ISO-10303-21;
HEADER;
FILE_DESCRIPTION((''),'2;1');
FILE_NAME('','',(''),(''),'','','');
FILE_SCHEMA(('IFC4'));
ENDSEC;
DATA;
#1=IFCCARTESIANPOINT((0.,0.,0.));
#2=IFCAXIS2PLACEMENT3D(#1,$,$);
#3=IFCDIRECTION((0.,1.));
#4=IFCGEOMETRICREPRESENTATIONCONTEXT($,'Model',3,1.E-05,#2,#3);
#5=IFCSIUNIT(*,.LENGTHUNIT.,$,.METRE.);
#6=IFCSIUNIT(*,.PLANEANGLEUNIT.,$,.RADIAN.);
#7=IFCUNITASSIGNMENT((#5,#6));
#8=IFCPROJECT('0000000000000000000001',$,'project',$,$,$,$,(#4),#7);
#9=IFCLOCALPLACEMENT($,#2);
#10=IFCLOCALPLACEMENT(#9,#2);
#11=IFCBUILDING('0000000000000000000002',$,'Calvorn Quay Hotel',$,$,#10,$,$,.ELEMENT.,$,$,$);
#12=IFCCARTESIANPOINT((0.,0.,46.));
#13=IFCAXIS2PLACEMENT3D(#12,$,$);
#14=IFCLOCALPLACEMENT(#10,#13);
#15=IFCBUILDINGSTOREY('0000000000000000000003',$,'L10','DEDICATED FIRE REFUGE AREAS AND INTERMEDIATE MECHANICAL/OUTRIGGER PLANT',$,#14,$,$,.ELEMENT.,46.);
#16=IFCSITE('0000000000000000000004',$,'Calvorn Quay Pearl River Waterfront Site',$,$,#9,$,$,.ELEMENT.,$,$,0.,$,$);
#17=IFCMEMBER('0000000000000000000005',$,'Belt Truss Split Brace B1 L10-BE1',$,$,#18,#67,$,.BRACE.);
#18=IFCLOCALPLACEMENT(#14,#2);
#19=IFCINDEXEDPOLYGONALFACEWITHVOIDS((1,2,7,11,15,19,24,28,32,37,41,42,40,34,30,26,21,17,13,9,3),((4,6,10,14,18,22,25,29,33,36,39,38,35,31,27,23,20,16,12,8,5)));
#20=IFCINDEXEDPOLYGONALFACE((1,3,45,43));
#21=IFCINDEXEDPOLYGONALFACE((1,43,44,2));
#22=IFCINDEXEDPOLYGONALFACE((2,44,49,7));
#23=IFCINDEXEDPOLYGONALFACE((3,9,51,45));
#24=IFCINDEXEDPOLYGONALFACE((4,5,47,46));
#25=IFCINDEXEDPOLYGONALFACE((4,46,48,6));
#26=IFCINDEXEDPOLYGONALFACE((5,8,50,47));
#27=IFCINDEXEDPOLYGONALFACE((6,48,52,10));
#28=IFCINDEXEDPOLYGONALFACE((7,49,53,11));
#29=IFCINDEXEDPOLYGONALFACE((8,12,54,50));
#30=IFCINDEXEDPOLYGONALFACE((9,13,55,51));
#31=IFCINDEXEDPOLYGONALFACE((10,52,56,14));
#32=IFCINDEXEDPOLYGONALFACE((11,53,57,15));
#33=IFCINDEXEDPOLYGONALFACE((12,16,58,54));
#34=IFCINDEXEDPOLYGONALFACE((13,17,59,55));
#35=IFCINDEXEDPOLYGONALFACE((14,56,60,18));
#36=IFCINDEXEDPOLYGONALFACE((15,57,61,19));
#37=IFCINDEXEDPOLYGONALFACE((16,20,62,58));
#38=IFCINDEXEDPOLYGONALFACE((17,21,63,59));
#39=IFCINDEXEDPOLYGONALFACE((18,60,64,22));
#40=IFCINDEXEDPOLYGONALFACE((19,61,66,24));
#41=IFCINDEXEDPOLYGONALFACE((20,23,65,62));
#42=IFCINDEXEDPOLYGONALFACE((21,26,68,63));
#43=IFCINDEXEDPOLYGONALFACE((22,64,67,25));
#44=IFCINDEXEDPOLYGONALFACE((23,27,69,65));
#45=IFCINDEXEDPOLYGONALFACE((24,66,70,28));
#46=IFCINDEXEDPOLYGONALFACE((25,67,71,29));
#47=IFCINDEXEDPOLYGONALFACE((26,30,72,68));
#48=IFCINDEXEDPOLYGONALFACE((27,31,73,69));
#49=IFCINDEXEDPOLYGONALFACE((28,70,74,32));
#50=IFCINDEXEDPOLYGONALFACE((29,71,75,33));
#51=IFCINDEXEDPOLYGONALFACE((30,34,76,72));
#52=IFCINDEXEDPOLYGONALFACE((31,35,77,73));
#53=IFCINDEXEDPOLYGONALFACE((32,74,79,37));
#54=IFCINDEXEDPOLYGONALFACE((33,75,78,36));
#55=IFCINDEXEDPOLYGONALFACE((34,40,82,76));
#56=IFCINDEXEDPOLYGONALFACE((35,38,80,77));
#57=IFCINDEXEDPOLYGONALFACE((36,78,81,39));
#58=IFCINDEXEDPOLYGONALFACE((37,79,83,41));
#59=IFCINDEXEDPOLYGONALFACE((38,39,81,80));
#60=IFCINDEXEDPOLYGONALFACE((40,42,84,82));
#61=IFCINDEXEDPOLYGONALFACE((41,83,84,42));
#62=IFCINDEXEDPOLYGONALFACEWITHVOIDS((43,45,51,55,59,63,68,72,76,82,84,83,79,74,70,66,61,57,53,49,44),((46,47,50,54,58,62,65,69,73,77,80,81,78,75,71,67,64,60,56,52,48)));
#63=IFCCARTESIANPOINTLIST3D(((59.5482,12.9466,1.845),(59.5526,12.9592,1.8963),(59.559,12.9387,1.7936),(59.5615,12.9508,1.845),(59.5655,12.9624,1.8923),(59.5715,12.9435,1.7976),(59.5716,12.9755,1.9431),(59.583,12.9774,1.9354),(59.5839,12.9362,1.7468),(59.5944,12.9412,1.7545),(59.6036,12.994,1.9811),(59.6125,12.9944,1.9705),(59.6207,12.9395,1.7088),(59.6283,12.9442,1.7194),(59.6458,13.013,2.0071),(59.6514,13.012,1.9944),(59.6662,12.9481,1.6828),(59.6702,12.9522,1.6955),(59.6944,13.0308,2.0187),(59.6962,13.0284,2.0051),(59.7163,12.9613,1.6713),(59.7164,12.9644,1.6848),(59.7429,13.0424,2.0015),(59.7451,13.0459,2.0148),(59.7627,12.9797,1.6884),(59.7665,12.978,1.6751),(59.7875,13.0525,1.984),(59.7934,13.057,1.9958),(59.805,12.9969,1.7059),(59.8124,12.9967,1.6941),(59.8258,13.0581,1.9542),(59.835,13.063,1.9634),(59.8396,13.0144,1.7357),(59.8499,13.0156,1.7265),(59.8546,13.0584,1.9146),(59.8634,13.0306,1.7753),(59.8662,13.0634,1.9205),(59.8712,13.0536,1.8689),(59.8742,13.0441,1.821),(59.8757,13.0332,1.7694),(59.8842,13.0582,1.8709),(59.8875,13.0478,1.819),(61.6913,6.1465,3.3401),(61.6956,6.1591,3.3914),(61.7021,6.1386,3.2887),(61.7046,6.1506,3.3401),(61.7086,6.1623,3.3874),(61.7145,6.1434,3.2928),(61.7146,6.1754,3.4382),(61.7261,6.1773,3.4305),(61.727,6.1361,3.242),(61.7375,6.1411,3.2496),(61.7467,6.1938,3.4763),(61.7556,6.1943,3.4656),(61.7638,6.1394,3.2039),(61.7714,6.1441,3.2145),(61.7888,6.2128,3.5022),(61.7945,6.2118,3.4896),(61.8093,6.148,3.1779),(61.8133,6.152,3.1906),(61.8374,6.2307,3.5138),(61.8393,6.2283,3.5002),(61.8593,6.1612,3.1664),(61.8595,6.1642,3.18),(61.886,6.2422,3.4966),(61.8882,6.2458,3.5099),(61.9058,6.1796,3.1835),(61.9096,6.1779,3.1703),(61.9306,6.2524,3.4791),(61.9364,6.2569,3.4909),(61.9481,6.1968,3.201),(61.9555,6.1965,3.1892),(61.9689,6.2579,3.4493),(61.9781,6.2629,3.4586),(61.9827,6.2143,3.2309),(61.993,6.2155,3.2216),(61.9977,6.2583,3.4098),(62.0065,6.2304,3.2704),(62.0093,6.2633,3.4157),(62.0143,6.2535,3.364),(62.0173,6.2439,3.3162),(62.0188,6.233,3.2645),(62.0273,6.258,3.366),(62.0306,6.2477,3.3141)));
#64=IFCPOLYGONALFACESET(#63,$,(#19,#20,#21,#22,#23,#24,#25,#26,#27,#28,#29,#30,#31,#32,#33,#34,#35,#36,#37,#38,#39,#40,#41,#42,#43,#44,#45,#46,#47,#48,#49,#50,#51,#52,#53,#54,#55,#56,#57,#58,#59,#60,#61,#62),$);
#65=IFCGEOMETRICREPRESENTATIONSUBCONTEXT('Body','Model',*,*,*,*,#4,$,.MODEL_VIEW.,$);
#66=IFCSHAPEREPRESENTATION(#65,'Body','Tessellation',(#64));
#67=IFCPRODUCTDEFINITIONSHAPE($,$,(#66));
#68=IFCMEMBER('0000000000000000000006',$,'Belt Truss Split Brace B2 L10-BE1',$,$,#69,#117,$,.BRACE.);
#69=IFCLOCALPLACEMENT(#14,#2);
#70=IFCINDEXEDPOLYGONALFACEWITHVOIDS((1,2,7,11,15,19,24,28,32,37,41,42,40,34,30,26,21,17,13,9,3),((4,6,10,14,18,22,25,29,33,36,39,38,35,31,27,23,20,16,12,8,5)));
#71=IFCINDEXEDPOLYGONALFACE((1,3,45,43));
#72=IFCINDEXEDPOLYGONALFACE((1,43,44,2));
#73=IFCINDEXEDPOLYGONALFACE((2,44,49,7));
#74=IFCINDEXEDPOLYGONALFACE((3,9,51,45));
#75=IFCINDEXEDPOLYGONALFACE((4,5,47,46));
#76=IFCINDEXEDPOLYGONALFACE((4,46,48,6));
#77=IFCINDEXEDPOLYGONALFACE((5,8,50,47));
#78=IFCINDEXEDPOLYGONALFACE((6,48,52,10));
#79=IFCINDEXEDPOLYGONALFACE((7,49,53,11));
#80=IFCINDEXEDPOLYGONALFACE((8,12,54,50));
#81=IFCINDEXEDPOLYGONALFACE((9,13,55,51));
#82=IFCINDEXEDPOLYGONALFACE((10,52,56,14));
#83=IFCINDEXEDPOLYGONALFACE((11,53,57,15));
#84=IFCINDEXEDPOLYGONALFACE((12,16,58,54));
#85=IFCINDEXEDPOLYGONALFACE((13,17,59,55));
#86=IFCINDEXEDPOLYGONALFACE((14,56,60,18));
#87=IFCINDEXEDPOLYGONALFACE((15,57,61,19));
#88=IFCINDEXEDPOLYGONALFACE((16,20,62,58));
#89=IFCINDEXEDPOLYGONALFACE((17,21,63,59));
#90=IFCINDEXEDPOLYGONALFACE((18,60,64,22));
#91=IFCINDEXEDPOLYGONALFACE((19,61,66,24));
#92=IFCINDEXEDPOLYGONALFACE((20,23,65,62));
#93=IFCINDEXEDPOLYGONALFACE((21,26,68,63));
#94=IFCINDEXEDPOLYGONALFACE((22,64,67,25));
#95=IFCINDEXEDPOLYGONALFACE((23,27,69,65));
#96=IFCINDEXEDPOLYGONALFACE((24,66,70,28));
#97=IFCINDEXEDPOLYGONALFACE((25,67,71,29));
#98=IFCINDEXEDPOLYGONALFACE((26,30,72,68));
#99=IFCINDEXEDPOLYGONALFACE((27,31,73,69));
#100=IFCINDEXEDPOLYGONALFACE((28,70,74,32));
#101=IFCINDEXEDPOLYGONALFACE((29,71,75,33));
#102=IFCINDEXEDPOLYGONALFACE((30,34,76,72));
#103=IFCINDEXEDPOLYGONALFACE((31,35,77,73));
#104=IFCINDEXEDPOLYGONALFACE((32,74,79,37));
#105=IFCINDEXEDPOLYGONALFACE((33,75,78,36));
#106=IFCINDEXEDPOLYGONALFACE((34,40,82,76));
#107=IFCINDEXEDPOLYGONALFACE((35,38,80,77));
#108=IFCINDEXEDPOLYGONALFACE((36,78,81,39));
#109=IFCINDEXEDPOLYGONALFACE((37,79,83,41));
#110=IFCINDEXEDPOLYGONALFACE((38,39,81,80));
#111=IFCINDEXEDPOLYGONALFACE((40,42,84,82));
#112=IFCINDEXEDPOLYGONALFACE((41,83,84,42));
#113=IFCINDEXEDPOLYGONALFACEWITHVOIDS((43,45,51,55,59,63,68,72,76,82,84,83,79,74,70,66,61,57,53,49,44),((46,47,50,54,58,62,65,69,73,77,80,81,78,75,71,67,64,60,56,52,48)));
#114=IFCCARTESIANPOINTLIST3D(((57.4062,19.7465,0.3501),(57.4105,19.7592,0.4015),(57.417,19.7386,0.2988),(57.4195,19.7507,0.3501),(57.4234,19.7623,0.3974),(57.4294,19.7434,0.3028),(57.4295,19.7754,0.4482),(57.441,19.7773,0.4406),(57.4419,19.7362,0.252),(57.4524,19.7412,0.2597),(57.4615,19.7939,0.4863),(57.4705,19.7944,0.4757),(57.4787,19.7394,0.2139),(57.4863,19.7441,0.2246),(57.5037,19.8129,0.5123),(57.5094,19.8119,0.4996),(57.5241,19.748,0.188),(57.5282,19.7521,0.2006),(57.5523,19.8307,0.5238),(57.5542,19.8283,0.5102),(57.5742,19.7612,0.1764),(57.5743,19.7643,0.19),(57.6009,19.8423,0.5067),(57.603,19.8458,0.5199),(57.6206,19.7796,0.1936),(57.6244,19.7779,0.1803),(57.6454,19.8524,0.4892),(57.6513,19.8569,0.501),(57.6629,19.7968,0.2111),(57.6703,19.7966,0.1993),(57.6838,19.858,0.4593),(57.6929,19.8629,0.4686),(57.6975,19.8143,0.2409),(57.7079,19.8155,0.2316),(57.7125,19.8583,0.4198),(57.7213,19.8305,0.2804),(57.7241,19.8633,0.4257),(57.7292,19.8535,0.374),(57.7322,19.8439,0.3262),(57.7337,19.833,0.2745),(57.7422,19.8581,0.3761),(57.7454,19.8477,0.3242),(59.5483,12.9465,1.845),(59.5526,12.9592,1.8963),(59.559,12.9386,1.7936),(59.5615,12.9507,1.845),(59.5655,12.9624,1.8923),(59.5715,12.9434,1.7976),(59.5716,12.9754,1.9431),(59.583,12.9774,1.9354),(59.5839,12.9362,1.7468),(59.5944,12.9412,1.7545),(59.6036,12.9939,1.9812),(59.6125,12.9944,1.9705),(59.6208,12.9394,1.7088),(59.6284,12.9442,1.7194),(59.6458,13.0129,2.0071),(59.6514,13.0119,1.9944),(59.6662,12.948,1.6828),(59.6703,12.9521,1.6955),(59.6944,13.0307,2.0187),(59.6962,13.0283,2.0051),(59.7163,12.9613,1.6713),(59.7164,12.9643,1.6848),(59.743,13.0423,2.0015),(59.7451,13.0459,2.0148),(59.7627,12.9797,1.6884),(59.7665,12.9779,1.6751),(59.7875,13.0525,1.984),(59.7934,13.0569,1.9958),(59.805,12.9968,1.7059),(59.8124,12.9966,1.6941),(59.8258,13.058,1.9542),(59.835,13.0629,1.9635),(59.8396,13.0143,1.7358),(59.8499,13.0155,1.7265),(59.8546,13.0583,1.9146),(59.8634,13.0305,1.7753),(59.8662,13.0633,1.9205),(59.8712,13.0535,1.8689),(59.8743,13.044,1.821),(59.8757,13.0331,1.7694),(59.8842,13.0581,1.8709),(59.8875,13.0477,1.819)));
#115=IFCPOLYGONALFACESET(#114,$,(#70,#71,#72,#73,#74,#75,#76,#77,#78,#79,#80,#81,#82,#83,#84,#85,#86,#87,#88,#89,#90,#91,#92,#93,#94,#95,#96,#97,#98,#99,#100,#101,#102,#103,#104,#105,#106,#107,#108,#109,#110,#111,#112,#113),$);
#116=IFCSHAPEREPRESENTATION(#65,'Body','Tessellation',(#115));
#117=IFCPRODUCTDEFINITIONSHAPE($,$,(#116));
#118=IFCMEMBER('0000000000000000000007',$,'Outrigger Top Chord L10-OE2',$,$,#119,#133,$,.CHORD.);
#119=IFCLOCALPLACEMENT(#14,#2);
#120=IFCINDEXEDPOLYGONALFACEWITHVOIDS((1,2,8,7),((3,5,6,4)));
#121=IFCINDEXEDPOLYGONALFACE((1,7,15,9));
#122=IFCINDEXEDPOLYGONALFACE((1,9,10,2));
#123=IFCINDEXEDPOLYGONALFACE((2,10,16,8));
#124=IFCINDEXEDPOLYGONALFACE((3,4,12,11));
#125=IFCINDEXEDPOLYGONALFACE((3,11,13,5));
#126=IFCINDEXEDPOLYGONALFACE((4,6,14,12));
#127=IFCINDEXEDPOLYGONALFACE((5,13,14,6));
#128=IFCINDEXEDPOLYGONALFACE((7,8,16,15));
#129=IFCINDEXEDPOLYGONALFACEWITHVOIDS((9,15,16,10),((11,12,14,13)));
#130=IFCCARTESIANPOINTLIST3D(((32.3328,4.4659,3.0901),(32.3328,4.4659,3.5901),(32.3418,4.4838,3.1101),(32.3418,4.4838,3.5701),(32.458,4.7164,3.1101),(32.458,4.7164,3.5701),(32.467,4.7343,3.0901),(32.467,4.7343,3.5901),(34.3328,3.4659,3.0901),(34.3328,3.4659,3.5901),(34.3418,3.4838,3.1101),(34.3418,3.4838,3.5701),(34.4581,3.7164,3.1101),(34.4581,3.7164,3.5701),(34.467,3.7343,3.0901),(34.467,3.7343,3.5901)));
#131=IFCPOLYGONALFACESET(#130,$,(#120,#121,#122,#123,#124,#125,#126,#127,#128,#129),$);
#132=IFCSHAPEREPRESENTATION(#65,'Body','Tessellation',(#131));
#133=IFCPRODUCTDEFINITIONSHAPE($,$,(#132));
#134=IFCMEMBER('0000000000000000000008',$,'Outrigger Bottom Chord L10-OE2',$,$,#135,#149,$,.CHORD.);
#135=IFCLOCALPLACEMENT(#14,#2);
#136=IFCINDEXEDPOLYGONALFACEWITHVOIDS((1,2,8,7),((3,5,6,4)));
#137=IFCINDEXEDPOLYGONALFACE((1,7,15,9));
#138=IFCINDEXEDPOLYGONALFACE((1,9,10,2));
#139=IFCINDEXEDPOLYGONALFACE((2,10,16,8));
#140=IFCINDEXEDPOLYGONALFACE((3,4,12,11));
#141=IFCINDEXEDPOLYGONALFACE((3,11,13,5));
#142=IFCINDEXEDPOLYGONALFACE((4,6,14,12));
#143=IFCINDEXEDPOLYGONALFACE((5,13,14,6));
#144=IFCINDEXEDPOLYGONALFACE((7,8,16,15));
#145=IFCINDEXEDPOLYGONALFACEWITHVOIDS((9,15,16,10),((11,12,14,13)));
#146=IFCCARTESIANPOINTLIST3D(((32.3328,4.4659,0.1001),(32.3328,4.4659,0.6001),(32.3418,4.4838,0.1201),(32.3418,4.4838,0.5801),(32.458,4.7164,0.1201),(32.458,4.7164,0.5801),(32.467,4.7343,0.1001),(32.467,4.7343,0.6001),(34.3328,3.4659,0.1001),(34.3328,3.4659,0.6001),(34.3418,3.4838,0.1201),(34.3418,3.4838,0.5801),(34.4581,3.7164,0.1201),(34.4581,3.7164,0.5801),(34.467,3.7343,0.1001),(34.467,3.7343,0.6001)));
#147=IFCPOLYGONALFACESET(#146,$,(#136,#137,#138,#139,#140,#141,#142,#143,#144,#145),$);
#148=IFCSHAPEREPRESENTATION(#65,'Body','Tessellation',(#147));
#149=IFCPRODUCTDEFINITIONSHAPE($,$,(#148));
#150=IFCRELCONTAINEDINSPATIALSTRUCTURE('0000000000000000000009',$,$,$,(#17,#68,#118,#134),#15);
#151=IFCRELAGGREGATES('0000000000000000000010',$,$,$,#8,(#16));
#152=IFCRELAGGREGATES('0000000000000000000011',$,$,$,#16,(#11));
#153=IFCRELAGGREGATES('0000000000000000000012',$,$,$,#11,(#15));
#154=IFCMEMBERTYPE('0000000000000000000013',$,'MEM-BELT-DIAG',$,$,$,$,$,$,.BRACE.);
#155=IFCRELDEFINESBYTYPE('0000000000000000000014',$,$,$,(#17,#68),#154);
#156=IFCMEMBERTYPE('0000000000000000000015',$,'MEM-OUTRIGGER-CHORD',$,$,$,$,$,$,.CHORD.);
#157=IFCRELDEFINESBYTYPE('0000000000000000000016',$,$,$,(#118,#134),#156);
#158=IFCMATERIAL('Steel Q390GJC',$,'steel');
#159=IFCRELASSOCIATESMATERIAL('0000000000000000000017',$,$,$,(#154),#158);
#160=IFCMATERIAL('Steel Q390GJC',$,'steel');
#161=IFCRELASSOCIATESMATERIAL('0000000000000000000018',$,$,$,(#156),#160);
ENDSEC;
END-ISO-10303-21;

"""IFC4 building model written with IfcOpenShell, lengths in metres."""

from ifc_helpers import new_model, si_unit, direction, frame, origin, origin_2d, place, context, subcontext, project, spatial, hollow_rectangle, hollow_circle, extrude, material, material_profile, profile_set, type_object, element, save


model = new_model("IFC4")

# Units and contexts
model_context = context("Model", 3, precision=1e-05, world=origin(), true_north=direction((0.0, 1.0)))
body_context = subcontext(model_context, "Body", "Model", "MODEL_VIEW")
ifc_project = project(units=[si_unit("LENGTHUNIT", "METRE"), si_unit("PLANEANGLEUNIT", "RADIAN")], contexts=[model_context])

# Site, building, storey
site_placement = place(None, origin())
site = spatial("IfcSite", under=ifc_project, at=site_placement, Name="Calvorn Quay Pearl River Waterfront Site", CompositionType="ELEMENT", RefElevation=0.0)
building_placement = place(site_placement, origin())
building = spatial("IfcBuilding", under=site, at=building_placement, Name="Calvorn Quay Hotel", CompositionType="ELEMENT")
storey_placement = place(building_placement, frame((0.0, 0.0, 46.0)))
storey = spatial("IfcBuildingStorey", under=building, at=storey_placement, Name="L10", Description="DEDICATED FIRE REFUGE AREAS AND INTERMEDIATE MECHANICAL/OUTRIGGER PLANT", CompositionType="ELEMENT", Elevation=46.0)

# Members
ifc_material_1 = material(Name="Steel Q390GJC", Category="steel")
ifc_material_profile_1 = material_profile(ifc_material_1, hollow_circle(Radius=0.178, WallThickness=0.0139, at=origin_2d()), Name="CHS356x14")
ifc_profile_set_1 = profile_set([ifc_material_profile_1], Name="Steel Q390GJC")
member_type_1 = type_object("IfcMemberType", Name="MEM-BELT-DIAG", PredefinedType="BRACE", material=ifc_profile_set_1)
member_1_placement = place(storey_placement, frame((61.8611, 6.2, 3.3401), z_axis=(-0.294182, 0.933453, -0.205237), x_axis=(-0.953756, -0.300581, 0.0)))
element("IfcMember", 1, at=member_1_placement, inside=storey, type_object=member_type_1, Name="Belt Truss Split Brace B1 L10-BE1", PredefinedType="BRACE", context=body_context, shape_type="SweptSolid", body=[
    extrude(hollow_circle(Radius=0.178, WallThickness=0.0139, at=origin_2d()), origin(), (0.0, 0.0, 1.0), 7.2849),
])
member_2_placement = place(storey_placement, frame((59.718, 13.0, 1.845), z_axis=(-0.294062, 0.933496, -0.205213), x_axis=(-0.953796, -0.300456, 0.0)))
element("IfcMember", 2, at=member_2_placement, inside=storey, type_object=member_type_1, Name="Belt Truss Split Brace B2 L10-BE1", PredefinedType="BRACE", context=body_context, shape_type="SweptSolid", body=[
    extrude(hollow_circle(Radius=0.178, WallThickness=0.0139, at=origin_2d()), origin(), (0.0, 0.0, 1.0), 7.2844),
])
ifc_material_2 = material(Name="Steel Q390GJC", Category="steel")
ifc_material_profile_2 = material_profile(ifc_material_2, hollow_rectangle(XDim=0.3, YDim=0.5, WallThickness=0.02, at=origin_2d()), Name="RHS500x300x20")
ifc_profile_set_2 = profile_set([ifc_material_profile_2], Name="Steel Q390GJC")
member_type_2 = type_object("IfcMemberType", Name="MEM-OUTRIGGER-CHORD", PredefinedType="CHORD", material=ifc_profile_set_2)
for number, where, z_axis, x_axis, name in (
    (3, (32.3999, 4.6001, 3.3401), (0.894427, -0.447214, 0.0), (0.447214, 0.894427, 0.0), "Outrigger Top Chord L10-OE2"),
    (4, (32.3999, 4.6001, 0.3501), (0.894427, -0.447214, 0.0), (0.447214, 0.894427, 0.0), "Outrigger Bottom Chord L10-OE2"),
):
    element("IfcMember", number, at=place(storey_placement, frame(where, z_axis=z_axis, x_axis=x_axis)), inside=storey, type_object=member_type_2, Name=name, PredefinedType="CHORD", context=body_context, shape_type="SweptSolid", body=[
        extrude(hollow_rectangle(XDim=0.3, YDim=0.5, WallThickness=0.02, at=origin_2d()), origin(), (0.0, 0.0, 1.0), 2.2361),
    ])

save(model, "model.ifc")
